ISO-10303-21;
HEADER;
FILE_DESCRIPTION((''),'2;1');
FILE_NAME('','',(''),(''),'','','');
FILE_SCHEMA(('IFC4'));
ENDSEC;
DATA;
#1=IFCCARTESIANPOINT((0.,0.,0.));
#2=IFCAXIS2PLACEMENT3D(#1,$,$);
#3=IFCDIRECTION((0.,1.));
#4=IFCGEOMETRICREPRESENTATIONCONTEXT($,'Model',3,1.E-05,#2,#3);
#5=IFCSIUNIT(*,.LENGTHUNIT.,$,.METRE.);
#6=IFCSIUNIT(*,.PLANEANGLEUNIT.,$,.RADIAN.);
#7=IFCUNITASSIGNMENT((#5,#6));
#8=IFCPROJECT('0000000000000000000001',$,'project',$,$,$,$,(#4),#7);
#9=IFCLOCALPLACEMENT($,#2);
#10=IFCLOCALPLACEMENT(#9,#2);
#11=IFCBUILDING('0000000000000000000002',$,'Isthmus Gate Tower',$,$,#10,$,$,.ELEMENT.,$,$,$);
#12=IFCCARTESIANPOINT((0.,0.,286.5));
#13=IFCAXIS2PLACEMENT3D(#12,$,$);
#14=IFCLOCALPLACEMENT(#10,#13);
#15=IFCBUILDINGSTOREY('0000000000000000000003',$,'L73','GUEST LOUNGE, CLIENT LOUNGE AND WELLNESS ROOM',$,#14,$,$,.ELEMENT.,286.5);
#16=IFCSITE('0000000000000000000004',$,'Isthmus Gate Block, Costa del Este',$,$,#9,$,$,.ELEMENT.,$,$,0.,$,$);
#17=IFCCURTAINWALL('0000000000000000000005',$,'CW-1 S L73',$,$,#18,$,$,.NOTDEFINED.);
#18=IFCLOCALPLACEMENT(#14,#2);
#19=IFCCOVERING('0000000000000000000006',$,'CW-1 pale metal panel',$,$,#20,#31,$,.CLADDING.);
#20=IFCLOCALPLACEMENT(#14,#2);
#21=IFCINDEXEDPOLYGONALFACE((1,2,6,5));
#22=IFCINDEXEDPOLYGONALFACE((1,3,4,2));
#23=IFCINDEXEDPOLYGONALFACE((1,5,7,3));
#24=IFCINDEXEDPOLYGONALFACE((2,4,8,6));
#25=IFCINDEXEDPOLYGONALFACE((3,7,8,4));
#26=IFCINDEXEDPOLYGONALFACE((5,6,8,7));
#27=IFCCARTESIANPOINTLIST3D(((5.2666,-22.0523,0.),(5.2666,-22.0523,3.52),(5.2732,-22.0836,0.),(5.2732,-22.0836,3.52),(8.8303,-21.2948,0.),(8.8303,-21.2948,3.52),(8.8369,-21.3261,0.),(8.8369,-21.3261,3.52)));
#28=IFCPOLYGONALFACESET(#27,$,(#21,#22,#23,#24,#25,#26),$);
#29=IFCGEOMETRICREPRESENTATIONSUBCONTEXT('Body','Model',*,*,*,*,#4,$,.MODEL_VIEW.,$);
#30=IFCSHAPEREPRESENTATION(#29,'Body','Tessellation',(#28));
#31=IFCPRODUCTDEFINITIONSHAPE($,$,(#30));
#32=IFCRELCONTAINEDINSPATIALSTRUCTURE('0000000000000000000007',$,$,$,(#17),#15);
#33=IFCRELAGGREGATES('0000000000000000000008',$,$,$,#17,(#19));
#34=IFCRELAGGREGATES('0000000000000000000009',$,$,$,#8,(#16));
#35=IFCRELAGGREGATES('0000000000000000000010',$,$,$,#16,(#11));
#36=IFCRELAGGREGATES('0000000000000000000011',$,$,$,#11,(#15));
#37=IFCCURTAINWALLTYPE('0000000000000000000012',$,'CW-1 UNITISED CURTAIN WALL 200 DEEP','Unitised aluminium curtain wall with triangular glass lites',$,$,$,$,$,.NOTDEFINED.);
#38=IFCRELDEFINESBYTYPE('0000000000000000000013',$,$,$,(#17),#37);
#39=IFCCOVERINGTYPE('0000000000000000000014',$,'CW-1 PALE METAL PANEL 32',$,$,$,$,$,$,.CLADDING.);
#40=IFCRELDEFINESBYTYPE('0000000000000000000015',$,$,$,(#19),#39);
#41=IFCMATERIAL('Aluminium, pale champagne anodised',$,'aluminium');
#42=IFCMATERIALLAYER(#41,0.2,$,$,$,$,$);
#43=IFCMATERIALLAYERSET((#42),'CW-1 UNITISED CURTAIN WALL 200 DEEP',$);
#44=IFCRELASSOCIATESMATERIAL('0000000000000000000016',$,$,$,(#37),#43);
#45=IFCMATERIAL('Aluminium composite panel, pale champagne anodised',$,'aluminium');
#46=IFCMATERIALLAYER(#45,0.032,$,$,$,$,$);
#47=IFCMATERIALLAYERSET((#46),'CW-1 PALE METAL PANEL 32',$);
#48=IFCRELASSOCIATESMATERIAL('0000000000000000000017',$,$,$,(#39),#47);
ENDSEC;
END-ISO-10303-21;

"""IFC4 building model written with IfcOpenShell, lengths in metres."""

from ifc_helpers import new_model, si_unit, direction, frame, origin, origin_2d, place, context, subcontext, project, spatial, rectangle, extrude, material, layer, layer_set, type_object, element, aggregate, save


model = new_model("IFC4")

# Units and contexts
model_context = context("Model", 3, precision=1e-05, world=origin(), true_north=direction((0.0, 1.0)))
body_context = subcontext(model_context, "Body", "Model", "MODEL_VIEW")
ifc_project = project(units=[si_unit("LENGTHUNIT", "METRE"), si_unit("PLANEANGLEUNIT", "RADIAN")], contexts=[model_context])

# Site, building, storey
site_placement = place(None, origin())
site = spatial("IfcSite", under=ifc_project, at=site_placement, Name="Isthmus Gate Block, Costa del Este", CompositionType="ELEMENT", RefElevation=0.0)
building_placement = place(site_placement, origin())
building = spatial("IfcBuilding", under=site, at=building_placement, Name="Isthmus Gate Tower", CompositionType="ELEMENT")
storey_placement = place(building_placement, frame((0.0, 0.0, 286.5)))
storey = spatial("IfcBuildingStorey", under=building, at=storey_placement, Name="L73", Description="GUEST LOUNGE, CLIENT LOUNGE AND WELLNESS ROOM", CompositionType="ELEMENT", Elevation=286.5)

# Curtain wall
ifc_material_1 = material(Name="Aluminium, pale champagne anodised", Category="aluminium")
ifc_layer_1 = layer(ifc_material_1, 0.2)
ifc_layer_set_1 = layer_set([ifc_layer_1], Name="CW-1 UNITISED CURTAIN WALL 200 DEEP")
curtain_wall_type = type_object("IfcCurtainWallType", Name="CW-1 UNITISED CURTAIN WALL 200 DEEP", Description="Unitised aluminium curtain wall with triangular glass lites", PredefinedType="NOTDEFINED", material=ifc_layer_set_1)
curtain_wall_placement = place(storey_placement, origin())
curtain_wall = element("IfcCurtainWall", 1, at=curtain_wall_placement, inside=storey, type_object=curtain_wall_type, Name="CW-1 S L73", PredefinedType="NOTDEFINED")

# Covering
ifc_material_2 = material(Name="Aluminium composite panel, pale champagne anodised", Category="aluminium")
ifc_layer_2 = layer(ifc_material_2, 0.032)
ifc_layer_set_2 = layer_set([ifc_layer_2], Name="CW-1 PALE METAL PANEL 32")
covering_type = type_object("IfcCoveringType", Name="CW-1 PALE METAL PANEL 32", PredefinedType="CLADDING", material=ifc_layer_set_2)
covering_1_placement = place(storey_placement, frame((7.0518, -21.6892, 0.0), z_axis=(0.0, 0.0, 1.0), x_axis=(0.978148, 0.207912, 0.0)))
covering_1 = element("IfcCovering", 2, at=covering_1_placement, type_object=covering_type, Name="CW-1 pale metal panel", PredefinedType="CLADDING", context=body_context, shape_type="SweptSolid", body=[
    extrude(rectangle(XDim=3.6433, YDim=0.032, at=origin_2d()), origin(), (0.0, 0.0, 1.0), 3.52),
])
aggregate(curtain_wall, [covering_1])

save(model, "model.ifc")
